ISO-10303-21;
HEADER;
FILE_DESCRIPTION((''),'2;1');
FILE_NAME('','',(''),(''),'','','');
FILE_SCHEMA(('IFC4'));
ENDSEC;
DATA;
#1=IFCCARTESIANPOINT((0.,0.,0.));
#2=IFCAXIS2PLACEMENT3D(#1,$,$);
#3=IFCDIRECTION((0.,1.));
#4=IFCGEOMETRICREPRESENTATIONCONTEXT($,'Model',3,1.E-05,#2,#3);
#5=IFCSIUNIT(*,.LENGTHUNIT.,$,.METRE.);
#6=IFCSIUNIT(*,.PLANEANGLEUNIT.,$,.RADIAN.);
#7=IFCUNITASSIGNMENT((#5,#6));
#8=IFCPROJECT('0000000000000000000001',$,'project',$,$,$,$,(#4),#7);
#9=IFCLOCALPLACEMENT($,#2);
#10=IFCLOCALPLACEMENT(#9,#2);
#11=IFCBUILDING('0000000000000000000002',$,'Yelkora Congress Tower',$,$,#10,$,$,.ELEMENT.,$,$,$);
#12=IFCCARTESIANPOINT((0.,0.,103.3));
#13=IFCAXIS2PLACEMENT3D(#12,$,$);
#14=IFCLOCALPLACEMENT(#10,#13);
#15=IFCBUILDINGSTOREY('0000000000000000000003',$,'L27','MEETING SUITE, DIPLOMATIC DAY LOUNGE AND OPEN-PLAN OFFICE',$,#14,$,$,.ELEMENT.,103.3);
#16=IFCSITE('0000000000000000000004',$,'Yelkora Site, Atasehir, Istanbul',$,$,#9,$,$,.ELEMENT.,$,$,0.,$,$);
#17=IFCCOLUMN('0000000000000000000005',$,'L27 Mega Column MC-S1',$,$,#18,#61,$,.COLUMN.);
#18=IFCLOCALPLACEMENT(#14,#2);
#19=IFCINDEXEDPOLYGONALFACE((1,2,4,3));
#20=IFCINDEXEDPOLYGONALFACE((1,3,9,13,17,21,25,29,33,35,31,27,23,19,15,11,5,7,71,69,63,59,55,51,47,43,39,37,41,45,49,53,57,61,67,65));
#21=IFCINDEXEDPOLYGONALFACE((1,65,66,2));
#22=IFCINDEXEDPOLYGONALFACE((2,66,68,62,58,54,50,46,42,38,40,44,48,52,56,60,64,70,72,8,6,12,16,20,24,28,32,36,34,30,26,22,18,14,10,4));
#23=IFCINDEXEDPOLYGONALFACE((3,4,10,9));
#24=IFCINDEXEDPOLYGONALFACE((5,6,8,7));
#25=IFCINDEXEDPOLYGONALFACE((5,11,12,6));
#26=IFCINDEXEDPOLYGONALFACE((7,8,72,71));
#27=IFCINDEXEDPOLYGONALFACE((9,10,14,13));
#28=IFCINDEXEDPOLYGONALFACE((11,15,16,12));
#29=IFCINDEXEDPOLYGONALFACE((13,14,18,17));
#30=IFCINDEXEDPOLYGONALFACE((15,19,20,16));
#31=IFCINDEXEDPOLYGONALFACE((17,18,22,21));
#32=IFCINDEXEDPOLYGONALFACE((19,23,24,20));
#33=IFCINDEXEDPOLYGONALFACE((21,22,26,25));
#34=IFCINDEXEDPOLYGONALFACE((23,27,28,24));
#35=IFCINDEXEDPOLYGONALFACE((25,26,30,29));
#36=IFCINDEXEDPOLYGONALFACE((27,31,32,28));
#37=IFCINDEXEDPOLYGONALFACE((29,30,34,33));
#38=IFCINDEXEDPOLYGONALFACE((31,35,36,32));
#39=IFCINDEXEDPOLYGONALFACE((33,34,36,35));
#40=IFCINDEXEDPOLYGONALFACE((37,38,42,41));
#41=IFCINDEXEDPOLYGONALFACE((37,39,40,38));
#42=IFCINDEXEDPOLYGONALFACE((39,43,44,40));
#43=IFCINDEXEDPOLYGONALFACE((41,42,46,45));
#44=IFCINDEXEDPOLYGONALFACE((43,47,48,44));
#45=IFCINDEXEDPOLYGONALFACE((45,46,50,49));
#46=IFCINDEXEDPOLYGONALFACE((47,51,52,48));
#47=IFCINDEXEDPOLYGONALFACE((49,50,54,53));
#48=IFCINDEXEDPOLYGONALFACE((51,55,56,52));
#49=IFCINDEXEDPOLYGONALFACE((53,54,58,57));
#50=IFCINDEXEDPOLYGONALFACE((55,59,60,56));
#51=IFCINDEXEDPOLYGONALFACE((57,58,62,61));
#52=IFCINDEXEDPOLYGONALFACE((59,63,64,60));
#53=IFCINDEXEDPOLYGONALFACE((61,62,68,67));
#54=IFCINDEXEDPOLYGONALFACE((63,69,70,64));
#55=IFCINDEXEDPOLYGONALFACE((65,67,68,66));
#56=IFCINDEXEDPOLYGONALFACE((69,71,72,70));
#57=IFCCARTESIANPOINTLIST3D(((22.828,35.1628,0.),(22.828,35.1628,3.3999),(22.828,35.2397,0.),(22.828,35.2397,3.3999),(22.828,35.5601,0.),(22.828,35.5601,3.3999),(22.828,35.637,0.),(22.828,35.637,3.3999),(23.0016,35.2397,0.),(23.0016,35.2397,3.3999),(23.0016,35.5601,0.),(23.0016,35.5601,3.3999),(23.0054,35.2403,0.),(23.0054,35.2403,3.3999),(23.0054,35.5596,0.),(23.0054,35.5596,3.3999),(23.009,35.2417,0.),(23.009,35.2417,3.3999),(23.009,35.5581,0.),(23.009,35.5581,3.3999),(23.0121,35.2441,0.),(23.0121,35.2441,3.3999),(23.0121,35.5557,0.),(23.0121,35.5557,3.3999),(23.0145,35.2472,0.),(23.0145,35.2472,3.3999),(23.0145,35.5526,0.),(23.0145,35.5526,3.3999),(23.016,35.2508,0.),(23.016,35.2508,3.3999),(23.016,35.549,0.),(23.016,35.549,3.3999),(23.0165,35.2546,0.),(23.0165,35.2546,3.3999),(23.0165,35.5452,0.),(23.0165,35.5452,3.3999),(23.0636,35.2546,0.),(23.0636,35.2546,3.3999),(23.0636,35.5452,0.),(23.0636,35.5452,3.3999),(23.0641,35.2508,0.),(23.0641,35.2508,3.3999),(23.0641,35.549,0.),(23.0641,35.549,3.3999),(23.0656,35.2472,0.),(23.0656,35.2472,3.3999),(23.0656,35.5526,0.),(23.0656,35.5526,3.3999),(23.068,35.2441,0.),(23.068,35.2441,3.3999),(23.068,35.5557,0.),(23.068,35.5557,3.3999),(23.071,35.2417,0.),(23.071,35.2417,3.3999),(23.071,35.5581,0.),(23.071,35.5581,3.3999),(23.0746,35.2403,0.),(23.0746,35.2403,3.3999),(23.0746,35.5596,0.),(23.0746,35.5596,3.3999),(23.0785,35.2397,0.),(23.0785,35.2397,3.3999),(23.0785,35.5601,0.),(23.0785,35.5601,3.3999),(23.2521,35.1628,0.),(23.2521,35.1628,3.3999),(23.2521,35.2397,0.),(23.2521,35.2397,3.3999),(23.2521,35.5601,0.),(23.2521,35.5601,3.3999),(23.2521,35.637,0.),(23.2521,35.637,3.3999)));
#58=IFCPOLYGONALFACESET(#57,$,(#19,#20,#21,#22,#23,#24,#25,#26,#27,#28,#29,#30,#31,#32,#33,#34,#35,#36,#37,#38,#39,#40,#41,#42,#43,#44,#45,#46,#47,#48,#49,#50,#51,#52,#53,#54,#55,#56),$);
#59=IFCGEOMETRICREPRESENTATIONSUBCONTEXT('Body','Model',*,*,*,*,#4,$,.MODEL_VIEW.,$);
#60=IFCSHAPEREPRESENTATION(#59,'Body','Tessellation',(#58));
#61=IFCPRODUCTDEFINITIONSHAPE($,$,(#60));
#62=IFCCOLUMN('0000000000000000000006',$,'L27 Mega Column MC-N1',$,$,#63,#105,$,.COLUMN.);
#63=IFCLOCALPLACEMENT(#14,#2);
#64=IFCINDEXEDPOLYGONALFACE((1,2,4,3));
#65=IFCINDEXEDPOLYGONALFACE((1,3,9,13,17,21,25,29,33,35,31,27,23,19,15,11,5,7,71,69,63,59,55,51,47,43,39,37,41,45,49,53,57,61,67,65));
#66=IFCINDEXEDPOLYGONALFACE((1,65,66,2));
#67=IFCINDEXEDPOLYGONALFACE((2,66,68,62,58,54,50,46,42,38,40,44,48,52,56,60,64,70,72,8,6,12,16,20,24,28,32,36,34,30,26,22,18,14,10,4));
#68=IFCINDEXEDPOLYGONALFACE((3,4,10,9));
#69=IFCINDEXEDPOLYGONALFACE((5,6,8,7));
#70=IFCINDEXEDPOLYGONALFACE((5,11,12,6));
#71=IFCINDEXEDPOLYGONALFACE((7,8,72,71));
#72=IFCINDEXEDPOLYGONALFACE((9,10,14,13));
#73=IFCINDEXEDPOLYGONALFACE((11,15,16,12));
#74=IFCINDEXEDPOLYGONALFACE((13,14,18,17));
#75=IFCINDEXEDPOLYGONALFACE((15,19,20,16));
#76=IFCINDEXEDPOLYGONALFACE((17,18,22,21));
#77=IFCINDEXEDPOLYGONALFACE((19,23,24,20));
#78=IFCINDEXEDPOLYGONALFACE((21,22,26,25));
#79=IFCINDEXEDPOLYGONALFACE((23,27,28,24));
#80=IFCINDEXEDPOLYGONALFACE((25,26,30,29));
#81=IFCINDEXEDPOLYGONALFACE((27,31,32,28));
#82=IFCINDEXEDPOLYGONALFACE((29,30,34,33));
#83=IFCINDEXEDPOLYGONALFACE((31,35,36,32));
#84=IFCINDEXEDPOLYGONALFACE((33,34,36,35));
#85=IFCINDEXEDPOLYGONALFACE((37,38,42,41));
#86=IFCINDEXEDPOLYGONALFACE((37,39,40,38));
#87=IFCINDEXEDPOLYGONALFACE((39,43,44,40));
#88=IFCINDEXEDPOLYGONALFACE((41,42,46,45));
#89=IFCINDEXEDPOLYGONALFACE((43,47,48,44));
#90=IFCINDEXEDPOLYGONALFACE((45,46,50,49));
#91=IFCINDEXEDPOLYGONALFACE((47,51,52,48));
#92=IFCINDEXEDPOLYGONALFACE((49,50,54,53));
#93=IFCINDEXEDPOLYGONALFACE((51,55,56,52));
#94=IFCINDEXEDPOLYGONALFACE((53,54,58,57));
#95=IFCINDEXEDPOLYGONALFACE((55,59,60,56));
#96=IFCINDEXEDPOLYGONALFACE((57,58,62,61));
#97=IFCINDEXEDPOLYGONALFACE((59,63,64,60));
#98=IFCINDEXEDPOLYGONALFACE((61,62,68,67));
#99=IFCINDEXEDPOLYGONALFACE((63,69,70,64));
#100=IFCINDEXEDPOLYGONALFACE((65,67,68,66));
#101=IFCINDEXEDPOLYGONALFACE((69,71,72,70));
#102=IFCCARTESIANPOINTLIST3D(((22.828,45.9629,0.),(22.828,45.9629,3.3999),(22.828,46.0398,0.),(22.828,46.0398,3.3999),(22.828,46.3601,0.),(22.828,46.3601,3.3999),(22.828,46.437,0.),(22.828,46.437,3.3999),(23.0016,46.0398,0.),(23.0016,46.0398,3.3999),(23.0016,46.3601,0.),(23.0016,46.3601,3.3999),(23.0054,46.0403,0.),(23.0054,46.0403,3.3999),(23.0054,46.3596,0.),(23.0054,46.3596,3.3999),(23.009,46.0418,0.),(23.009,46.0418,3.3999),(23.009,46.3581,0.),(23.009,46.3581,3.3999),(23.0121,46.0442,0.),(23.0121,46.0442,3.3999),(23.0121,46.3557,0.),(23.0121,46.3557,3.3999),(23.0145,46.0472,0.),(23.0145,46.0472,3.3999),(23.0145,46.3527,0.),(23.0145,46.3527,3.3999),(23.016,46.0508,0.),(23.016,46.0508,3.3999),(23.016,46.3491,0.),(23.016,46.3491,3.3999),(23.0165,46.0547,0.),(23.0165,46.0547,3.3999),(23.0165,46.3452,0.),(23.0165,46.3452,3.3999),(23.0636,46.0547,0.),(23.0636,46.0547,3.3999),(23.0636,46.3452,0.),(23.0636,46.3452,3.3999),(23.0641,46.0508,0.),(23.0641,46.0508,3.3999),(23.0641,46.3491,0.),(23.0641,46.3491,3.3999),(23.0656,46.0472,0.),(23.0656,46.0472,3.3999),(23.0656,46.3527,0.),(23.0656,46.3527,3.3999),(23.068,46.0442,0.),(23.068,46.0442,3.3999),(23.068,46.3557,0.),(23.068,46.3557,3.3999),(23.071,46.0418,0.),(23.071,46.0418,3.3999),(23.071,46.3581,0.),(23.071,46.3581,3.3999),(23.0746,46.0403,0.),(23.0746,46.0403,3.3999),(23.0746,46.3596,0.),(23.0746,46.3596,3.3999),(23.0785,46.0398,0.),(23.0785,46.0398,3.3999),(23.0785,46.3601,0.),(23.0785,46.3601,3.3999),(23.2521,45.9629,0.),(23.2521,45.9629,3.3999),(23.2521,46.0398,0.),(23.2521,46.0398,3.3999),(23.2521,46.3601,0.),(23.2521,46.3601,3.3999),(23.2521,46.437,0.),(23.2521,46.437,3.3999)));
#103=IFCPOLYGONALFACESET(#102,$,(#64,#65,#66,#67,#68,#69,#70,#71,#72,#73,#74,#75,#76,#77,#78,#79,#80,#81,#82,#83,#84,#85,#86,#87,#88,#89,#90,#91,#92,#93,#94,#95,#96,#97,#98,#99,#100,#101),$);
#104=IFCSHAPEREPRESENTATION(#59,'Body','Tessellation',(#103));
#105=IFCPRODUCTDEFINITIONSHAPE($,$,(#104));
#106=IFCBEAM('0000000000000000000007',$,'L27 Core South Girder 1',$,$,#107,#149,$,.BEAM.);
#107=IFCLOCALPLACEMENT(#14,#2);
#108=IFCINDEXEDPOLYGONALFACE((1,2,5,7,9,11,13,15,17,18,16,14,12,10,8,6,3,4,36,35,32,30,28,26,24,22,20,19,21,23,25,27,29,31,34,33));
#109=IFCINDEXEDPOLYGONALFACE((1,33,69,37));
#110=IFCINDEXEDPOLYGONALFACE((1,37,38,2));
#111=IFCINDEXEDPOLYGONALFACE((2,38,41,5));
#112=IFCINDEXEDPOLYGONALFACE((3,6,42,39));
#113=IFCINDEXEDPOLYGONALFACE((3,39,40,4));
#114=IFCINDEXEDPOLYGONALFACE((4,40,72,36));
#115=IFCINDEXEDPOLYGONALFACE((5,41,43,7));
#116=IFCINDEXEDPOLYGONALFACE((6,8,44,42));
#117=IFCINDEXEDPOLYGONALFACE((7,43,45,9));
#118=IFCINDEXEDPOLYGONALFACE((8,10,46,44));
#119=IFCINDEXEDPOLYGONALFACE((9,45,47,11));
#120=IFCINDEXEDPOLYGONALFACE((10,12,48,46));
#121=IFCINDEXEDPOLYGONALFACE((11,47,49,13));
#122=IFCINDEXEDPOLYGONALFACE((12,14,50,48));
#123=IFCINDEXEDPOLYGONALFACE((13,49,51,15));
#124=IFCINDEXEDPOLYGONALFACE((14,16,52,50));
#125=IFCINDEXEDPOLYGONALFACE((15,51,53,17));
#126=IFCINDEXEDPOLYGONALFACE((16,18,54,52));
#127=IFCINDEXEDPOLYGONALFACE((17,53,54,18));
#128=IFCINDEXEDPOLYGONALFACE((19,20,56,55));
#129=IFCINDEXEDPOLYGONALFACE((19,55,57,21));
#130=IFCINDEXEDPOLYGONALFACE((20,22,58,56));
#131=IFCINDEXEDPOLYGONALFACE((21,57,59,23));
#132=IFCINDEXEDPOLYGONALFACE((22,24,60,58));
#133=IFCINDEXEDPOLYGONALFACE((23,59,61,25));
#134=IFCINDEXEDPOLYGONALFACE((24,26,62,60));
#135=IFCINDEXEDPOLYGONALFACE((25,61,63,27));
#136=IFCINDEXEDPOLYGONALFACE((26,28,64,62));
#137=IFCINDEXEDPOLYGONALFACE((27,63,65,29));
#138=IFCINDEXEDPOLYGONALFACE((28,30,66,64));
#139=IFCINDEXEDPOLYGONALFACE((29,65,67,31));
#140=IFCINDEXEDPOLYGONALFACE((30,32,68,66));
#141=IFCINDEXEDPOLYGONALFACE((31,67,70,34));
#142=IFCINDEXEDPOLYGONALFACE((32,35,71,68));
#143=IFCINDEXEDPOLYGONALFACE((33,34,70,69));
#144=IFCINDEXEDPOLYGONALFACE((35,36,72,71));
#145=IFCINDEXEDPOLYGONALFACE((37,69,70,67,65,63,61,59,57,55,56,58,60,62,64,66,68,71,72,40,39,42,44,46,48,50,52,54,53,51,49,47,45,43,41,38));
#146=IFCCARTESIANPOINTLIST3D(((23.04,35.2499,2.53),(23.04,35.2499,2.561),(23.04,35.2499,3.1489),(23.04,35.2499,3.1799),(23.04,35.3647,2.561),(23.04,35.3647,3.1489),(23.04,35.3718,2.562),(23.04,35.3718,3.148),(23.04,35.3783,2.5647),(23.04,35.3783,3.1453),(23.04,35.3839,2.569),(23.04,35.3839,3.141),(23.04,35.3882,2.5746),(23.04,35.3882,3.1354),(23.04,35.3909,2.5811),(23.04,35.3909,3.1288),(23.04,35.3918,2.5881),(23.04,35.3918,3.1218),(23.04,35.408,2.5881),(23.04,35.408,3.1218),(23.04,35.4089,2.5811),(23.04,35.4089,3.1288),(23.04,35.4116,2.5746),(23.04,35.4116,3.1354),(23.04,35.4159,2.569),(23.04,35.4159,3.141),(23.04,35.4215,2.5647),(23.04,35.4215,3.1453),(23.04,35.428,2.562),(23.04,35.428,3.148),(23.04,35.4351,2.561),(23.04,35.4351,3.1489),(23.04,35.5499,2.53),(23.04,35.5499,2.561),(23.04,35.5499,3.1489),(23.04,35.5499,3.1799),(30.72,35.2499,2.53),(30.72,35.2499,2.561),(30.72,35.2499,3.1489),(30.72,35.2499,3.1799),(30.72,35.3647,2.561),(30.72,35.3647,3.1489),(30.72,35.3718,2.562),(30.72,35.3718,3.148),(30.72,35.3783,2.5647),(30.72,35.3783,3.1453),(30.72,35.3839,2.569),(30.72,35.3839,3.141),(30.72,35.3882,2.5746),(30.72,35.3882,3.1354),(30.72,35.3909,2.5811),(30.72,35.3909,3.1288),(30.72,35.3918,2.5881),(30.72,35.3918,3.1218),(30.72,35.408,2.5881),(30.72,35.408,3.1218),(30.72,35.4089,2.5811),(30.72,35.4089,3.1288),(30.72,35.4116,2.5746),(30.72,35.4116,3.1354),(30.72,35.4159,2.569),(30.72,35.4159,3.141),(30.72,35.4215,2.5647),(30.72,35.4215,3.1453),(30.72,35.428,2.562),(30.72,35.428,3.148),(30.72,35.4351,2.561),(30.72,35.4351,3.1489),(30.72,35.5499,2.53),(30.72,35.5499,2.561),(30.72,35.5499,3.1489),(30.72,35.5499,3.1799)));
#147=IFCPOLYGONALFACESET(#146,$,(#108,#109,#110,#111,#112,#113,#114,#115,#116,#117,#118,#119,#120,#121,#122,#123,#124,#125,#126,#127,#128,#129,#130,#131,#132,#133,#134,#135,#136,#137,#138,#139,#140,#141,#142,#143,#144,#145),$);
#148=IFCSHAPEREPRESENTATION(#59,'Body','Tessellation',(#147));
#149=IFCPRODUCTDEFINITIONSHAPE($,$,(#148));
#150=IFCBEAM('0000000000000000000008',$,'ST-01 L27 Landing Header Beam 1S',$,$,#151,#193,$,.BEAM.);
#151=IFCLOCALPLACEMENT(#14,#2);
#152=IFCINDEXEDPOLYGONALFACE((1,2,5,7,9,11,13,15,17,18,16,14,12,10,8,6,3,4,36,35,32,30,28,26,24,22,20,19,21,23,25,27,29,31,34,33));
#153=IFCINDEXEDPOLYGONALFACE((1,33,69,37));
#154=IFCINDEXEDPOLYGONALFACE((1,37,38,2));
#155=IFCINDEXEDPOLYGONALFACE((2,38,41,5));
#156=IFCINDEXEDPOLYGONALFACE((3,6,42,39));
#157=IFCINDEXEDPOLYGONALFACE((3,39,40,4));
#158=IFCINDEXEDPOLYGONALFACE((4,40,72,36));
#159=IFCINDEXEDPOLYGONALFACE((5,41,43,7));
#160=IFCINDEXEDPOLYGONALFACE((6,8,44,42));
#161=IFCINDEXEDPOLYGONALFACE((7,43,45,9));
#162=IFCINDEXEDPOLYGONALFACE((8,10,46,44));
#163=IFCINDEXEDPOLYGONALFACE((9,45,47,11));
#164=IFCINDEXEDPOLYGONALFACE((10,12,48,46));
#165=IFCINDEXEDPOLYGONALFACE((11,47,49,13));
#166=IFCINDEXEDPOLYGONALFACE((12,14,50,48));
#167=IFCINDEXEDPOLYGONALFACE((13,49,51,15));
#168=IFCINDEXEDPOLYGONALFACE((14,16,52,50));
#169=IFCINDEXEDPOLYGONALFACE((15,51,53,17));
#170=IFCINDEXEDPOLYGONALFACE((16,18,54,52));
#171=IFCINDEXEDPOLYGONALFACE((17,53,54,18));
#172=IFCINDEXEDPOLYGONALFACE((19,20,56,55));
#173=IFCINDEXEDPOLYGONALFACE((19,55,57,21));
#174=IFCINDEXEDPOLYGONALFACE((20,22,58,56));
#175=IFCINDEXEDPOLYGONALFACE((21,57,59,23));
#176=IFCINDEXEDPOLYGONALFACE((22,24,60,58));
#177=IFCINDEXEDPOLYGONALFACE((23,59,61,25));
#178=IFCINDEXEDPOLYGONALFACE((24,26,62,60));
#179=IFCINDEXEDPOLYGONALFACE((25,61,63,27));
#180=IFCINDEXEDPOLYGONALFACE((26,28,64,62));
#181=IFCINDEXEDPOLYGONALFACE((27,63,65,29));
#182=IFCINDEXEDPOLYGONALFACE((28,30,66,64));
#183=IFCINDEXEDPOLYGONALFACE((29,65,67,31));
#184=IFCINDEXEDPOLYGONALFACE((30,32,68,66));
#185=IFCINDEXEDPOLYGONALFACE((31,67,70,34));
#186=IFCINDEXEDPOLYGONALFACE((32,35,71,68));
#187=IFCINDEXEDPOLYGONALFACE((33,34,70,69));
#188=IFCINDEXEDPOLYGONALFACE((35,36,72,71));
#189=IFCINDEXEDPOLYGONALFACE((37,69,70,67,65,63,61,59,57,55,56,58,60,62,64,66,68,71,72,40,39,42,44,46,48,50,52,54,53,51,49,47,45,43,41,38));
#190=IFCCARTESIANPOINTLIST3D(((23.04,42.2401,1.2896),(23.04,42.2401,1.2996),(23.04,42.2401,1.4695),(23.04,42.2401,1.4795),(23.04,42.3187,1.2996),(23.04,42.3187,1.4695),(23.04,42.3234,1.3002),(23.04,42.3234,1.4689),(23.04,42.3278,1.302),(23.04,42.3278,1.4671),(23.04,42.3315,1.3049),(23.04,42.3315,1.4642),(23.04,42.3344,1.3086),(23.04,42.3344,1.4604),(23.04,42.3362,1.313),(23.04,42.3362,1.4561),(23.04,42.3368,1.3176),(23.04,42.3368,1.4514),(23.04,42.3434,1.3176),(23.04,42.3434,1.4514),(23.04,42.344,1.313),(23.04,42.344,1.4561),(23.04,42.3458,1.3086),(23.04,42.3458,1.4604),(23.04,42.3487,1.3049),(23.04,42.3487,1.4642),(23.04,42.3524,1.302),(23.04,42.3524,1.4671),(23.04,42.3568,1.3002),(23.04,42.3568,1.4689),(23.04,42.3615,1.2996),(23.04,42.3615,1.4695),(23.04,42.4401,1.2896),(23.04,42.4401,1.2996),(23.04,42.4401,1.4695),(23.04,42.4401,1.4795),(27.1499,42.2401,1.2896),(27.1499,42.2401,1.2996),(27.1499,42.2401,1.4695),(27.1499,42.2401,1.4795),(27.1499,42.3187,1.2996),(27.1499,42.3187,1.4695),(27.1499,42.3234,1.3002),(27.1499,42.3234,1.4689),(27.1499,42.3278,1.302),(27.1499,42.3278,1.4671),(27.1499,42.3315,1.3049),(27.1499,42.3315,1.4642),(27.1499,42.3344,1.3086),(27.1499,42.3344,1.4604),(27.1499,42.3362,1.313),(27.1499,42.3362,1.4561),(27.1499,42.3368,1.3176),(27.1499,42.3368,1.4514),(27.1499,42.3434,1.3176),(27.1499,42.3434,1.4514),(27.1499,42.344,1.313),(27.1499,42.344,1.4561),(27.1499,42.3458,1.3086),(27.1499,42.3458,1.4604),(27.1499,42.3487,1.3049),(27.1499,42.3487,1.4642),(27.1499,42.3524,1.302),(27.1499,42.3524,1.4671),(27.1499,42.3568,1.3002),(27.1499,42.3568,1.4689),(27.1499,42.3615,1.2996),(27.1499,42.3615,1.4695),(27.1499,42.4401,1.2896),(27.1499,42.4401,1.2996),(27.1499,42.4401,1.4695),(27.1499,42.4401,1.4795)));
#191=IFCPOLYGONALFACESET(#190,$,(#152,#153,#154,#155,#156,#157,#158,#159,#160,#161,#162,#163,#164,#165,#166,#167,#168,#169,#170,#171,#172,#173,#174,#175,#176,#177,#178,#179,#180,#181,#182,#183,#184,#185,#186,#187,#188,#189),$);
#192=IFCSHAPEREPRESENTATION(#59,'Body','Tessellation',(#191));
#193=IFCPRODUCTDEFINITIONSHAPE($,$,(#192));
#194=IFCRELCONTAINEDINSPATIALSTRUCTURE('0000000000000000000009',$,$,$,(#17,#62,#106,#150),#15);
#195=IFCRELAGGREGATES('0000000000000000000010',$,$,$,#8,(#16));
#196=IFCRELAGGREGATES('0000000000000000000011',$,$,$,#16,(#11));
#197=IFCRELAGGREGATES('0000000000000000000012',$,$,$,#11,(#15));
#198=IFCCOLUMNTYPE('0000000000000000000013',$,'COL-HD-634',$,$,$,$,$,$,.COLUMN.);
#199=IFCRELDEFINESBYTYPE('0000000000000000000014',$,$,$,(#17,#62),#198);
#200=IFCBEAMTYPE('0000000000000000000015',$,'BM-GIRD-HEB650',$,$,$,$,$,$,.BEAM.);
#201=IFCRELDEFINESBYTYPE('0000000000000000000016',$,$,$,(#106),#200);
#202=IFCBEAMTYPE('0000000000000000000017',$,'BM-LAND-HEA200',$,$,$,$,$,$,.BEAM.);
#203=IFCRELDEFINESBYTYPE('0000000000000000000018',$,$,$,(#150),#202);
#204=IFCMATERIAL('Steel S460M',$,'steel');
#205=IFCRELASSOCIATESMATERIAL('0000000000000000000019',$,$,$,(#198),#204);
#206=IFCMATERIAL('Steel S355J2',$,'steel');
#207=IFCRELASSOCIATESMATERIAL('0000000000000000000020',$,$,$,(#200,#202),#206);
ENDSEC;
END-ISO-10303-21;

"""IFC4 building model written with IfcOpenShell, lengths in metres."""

from ifc_helpers import new_model, si_unit, direction, frame, origin, origin_2d, place, context, subcontext, project, spatial, i_section, extrude, material, material_profile, profile_set, type_object, element, save


model = new_model("IFC4")

# Units and contexts
model_context = context("Model", 3, precision=1e-05, world=origin(), true_north=direction((0.0, 1.0)))
body_context = subcontext(model_context, "Body", "Model", "MODEL_VIEW")
ifc_project = project(units=[si_unit("LENGTHUNIT", "METRE"), si_unit("PLANEANGLEUNIT", "RADIAN")], contexts=[model_context])

# Site, building, storey
site_placement = place(None, origin())
site = spatial("IfcSite", under=ifc_project, at=site_placement, Name="Yelkora Site, Atasehir, Istanbul", CompositionType="ELEMENT", RefElevation=0.0)
building_placement = place(site_placement, origin())
building = spatial("IfcBuilding", under=site, at=building_placement, Name="Yelkora Congress Tower", CompositionType="ELEMENT")
storey_placement = place(building_placement, frame((0.0, 0.0, 103.3)))
storey = spatial("IfcBuildingStorey", under=building, at=storey_placement, Name="L27", Description="MEETING SUITE, DIPLOMATIC DAY LOUNGE AND OPEN-PLAN OFFICE", CompositionType="ELEMENT", Elevation=103.3)

# Columns
ifc_material_1 = material(Name="Steel S460M", Category="steel")
ifc_material_profile_1 = material_profile(ifc_material_1, i_section(OverallWidth=0.4241, OverallDepth=0.4741, WebThickness=0.0471, FlangeThickness=0.0769, FilletRadius=0.0149, at=origin_2d()), Name="HD 400x634")
ifc_profile_set_1 = profile_set([ifc_material_profile_1], Name="Steel S460M")
column_type = type_object("IfcColumnType", Name="COL-HD-634", PredefinedType="COLUMN", material=ifc_profile_set_1)
for number, where, z_axis, x_axis, name in (
    (1, (23.04, 35.3999, 0.0), (0.0, 0.0, 1.0), (1.0, 0.0, 0.0), "L27 Mega Column MC-S1"),
    (2, (23.04, 46.2, 0.0), (0.0, 0.0, 1.0), (1.0, 0.0, 0.0), "L27 Mega Column MC-N1"),
):
    element("IfcColumn", number, at=place(storey_placement, frame(where, z_axis=z_axis, x_axis=x_axis)), inside=storey, type_object=column_type, Name=name, PredefinedType="COLUMN", context=body_context, shape_type="SweptSolid", body=[
        extrude(i_section(OverallWidth=0.4241, OverallDepth=0.4741, WebThickness=0.0471, FlangeThickness=0.0769, FilletRadius=0.0149, at=origin_2d()), origin(), (0.0, 0.0, 1.0), 3.3999),
    ])

# Beams
ifc_material_2 = material(Name="Steel S355J2", Category="steel")
ifc_material_profile_2 = material_profile(ifc_material_2, i_section(OverallWidth=0.3, OverallDepth=0.6499, WebThickness=0.0161, FlangeThickness=0.031, FilletRadius=0.0271, at=origin_2d()), Name="HEB 650")
ifc_profile_set_2 = profile_set([ifc_material_profile_2], Name="Steel S355J2")
beam_type_1 = type_object("IfcBeamType", Name="BM-GIRD-HEB650", PredefinedType="BEAM", material=ifc_profile_set_2)
beam_1_placement = place(storey_placement, frame((23.04, 35.3999, 2.855), z_axis=(1.0, 0.0, 0.0), x_axis=(0.0, 1.0, 0.0)))
element("IfcBeam", 3, at=beam_1_placement, inside=storey, type_object=beam_type_1, Name="L27 Core South Girder 1", PredefinedType="BEAM", context=body_context, shape_type="SweptSolid", body=[
    extrude(i_section(OverallWidth=0.3, OverallDepth=0.6499, WebThickness=0.0161, FlangeThickness=0.031, FilletRadius=0.0271, at=origin_2d()), origin(), (0.0, 0.0, 1.0), 7.6799),
])
ifc_material_profile_3 = material_profile(ifc_material_2, i_section(OverallWidth=0.2, OverallDepth=0.1899, WebThickness=0.0066, FlangeThickness=0.01, FilletRadius=0.0181, at=origin_2d()), Name="HEA 200")
ifc_profile_set_3 = profile_set([ifc_material_profile_3], Name="Steel S355J2")
beam_type_2 = type_object("IfcBeamType", Name="BM-LAND-HEA200", PredefinedType="BEAM", material=ifc_profile_set_3)
for number, where, z_axis, x_axis, name in (
    (4, (23.04, 42.3401, 1.3845), (1.0, 0.0, 0.0), (0.0, 1.0, 0.0), "ST-01 L27 Landing Header Beam 1S"),
):
    element("IfcBeam", number, at=place(storey_placement, frame(where, z_axis=z_axis, x_axis=x_axis)), inside=storey, type_object=beam_type_2, Name=name, PredefinedType="BEAM", context=body_context, shape_type="SweptSolid", body=[
        extrude(i_section(OverallWidth=0.2, OverallDepth=0.1899, WebThickness=0.0066, FlangeThickness=0.01, FilletRadius=0.0181, at=origin_2d()), origin(), (0.0, 0.0, 1.0), 4.1099),
    ])

save(model, "model.ifc")
